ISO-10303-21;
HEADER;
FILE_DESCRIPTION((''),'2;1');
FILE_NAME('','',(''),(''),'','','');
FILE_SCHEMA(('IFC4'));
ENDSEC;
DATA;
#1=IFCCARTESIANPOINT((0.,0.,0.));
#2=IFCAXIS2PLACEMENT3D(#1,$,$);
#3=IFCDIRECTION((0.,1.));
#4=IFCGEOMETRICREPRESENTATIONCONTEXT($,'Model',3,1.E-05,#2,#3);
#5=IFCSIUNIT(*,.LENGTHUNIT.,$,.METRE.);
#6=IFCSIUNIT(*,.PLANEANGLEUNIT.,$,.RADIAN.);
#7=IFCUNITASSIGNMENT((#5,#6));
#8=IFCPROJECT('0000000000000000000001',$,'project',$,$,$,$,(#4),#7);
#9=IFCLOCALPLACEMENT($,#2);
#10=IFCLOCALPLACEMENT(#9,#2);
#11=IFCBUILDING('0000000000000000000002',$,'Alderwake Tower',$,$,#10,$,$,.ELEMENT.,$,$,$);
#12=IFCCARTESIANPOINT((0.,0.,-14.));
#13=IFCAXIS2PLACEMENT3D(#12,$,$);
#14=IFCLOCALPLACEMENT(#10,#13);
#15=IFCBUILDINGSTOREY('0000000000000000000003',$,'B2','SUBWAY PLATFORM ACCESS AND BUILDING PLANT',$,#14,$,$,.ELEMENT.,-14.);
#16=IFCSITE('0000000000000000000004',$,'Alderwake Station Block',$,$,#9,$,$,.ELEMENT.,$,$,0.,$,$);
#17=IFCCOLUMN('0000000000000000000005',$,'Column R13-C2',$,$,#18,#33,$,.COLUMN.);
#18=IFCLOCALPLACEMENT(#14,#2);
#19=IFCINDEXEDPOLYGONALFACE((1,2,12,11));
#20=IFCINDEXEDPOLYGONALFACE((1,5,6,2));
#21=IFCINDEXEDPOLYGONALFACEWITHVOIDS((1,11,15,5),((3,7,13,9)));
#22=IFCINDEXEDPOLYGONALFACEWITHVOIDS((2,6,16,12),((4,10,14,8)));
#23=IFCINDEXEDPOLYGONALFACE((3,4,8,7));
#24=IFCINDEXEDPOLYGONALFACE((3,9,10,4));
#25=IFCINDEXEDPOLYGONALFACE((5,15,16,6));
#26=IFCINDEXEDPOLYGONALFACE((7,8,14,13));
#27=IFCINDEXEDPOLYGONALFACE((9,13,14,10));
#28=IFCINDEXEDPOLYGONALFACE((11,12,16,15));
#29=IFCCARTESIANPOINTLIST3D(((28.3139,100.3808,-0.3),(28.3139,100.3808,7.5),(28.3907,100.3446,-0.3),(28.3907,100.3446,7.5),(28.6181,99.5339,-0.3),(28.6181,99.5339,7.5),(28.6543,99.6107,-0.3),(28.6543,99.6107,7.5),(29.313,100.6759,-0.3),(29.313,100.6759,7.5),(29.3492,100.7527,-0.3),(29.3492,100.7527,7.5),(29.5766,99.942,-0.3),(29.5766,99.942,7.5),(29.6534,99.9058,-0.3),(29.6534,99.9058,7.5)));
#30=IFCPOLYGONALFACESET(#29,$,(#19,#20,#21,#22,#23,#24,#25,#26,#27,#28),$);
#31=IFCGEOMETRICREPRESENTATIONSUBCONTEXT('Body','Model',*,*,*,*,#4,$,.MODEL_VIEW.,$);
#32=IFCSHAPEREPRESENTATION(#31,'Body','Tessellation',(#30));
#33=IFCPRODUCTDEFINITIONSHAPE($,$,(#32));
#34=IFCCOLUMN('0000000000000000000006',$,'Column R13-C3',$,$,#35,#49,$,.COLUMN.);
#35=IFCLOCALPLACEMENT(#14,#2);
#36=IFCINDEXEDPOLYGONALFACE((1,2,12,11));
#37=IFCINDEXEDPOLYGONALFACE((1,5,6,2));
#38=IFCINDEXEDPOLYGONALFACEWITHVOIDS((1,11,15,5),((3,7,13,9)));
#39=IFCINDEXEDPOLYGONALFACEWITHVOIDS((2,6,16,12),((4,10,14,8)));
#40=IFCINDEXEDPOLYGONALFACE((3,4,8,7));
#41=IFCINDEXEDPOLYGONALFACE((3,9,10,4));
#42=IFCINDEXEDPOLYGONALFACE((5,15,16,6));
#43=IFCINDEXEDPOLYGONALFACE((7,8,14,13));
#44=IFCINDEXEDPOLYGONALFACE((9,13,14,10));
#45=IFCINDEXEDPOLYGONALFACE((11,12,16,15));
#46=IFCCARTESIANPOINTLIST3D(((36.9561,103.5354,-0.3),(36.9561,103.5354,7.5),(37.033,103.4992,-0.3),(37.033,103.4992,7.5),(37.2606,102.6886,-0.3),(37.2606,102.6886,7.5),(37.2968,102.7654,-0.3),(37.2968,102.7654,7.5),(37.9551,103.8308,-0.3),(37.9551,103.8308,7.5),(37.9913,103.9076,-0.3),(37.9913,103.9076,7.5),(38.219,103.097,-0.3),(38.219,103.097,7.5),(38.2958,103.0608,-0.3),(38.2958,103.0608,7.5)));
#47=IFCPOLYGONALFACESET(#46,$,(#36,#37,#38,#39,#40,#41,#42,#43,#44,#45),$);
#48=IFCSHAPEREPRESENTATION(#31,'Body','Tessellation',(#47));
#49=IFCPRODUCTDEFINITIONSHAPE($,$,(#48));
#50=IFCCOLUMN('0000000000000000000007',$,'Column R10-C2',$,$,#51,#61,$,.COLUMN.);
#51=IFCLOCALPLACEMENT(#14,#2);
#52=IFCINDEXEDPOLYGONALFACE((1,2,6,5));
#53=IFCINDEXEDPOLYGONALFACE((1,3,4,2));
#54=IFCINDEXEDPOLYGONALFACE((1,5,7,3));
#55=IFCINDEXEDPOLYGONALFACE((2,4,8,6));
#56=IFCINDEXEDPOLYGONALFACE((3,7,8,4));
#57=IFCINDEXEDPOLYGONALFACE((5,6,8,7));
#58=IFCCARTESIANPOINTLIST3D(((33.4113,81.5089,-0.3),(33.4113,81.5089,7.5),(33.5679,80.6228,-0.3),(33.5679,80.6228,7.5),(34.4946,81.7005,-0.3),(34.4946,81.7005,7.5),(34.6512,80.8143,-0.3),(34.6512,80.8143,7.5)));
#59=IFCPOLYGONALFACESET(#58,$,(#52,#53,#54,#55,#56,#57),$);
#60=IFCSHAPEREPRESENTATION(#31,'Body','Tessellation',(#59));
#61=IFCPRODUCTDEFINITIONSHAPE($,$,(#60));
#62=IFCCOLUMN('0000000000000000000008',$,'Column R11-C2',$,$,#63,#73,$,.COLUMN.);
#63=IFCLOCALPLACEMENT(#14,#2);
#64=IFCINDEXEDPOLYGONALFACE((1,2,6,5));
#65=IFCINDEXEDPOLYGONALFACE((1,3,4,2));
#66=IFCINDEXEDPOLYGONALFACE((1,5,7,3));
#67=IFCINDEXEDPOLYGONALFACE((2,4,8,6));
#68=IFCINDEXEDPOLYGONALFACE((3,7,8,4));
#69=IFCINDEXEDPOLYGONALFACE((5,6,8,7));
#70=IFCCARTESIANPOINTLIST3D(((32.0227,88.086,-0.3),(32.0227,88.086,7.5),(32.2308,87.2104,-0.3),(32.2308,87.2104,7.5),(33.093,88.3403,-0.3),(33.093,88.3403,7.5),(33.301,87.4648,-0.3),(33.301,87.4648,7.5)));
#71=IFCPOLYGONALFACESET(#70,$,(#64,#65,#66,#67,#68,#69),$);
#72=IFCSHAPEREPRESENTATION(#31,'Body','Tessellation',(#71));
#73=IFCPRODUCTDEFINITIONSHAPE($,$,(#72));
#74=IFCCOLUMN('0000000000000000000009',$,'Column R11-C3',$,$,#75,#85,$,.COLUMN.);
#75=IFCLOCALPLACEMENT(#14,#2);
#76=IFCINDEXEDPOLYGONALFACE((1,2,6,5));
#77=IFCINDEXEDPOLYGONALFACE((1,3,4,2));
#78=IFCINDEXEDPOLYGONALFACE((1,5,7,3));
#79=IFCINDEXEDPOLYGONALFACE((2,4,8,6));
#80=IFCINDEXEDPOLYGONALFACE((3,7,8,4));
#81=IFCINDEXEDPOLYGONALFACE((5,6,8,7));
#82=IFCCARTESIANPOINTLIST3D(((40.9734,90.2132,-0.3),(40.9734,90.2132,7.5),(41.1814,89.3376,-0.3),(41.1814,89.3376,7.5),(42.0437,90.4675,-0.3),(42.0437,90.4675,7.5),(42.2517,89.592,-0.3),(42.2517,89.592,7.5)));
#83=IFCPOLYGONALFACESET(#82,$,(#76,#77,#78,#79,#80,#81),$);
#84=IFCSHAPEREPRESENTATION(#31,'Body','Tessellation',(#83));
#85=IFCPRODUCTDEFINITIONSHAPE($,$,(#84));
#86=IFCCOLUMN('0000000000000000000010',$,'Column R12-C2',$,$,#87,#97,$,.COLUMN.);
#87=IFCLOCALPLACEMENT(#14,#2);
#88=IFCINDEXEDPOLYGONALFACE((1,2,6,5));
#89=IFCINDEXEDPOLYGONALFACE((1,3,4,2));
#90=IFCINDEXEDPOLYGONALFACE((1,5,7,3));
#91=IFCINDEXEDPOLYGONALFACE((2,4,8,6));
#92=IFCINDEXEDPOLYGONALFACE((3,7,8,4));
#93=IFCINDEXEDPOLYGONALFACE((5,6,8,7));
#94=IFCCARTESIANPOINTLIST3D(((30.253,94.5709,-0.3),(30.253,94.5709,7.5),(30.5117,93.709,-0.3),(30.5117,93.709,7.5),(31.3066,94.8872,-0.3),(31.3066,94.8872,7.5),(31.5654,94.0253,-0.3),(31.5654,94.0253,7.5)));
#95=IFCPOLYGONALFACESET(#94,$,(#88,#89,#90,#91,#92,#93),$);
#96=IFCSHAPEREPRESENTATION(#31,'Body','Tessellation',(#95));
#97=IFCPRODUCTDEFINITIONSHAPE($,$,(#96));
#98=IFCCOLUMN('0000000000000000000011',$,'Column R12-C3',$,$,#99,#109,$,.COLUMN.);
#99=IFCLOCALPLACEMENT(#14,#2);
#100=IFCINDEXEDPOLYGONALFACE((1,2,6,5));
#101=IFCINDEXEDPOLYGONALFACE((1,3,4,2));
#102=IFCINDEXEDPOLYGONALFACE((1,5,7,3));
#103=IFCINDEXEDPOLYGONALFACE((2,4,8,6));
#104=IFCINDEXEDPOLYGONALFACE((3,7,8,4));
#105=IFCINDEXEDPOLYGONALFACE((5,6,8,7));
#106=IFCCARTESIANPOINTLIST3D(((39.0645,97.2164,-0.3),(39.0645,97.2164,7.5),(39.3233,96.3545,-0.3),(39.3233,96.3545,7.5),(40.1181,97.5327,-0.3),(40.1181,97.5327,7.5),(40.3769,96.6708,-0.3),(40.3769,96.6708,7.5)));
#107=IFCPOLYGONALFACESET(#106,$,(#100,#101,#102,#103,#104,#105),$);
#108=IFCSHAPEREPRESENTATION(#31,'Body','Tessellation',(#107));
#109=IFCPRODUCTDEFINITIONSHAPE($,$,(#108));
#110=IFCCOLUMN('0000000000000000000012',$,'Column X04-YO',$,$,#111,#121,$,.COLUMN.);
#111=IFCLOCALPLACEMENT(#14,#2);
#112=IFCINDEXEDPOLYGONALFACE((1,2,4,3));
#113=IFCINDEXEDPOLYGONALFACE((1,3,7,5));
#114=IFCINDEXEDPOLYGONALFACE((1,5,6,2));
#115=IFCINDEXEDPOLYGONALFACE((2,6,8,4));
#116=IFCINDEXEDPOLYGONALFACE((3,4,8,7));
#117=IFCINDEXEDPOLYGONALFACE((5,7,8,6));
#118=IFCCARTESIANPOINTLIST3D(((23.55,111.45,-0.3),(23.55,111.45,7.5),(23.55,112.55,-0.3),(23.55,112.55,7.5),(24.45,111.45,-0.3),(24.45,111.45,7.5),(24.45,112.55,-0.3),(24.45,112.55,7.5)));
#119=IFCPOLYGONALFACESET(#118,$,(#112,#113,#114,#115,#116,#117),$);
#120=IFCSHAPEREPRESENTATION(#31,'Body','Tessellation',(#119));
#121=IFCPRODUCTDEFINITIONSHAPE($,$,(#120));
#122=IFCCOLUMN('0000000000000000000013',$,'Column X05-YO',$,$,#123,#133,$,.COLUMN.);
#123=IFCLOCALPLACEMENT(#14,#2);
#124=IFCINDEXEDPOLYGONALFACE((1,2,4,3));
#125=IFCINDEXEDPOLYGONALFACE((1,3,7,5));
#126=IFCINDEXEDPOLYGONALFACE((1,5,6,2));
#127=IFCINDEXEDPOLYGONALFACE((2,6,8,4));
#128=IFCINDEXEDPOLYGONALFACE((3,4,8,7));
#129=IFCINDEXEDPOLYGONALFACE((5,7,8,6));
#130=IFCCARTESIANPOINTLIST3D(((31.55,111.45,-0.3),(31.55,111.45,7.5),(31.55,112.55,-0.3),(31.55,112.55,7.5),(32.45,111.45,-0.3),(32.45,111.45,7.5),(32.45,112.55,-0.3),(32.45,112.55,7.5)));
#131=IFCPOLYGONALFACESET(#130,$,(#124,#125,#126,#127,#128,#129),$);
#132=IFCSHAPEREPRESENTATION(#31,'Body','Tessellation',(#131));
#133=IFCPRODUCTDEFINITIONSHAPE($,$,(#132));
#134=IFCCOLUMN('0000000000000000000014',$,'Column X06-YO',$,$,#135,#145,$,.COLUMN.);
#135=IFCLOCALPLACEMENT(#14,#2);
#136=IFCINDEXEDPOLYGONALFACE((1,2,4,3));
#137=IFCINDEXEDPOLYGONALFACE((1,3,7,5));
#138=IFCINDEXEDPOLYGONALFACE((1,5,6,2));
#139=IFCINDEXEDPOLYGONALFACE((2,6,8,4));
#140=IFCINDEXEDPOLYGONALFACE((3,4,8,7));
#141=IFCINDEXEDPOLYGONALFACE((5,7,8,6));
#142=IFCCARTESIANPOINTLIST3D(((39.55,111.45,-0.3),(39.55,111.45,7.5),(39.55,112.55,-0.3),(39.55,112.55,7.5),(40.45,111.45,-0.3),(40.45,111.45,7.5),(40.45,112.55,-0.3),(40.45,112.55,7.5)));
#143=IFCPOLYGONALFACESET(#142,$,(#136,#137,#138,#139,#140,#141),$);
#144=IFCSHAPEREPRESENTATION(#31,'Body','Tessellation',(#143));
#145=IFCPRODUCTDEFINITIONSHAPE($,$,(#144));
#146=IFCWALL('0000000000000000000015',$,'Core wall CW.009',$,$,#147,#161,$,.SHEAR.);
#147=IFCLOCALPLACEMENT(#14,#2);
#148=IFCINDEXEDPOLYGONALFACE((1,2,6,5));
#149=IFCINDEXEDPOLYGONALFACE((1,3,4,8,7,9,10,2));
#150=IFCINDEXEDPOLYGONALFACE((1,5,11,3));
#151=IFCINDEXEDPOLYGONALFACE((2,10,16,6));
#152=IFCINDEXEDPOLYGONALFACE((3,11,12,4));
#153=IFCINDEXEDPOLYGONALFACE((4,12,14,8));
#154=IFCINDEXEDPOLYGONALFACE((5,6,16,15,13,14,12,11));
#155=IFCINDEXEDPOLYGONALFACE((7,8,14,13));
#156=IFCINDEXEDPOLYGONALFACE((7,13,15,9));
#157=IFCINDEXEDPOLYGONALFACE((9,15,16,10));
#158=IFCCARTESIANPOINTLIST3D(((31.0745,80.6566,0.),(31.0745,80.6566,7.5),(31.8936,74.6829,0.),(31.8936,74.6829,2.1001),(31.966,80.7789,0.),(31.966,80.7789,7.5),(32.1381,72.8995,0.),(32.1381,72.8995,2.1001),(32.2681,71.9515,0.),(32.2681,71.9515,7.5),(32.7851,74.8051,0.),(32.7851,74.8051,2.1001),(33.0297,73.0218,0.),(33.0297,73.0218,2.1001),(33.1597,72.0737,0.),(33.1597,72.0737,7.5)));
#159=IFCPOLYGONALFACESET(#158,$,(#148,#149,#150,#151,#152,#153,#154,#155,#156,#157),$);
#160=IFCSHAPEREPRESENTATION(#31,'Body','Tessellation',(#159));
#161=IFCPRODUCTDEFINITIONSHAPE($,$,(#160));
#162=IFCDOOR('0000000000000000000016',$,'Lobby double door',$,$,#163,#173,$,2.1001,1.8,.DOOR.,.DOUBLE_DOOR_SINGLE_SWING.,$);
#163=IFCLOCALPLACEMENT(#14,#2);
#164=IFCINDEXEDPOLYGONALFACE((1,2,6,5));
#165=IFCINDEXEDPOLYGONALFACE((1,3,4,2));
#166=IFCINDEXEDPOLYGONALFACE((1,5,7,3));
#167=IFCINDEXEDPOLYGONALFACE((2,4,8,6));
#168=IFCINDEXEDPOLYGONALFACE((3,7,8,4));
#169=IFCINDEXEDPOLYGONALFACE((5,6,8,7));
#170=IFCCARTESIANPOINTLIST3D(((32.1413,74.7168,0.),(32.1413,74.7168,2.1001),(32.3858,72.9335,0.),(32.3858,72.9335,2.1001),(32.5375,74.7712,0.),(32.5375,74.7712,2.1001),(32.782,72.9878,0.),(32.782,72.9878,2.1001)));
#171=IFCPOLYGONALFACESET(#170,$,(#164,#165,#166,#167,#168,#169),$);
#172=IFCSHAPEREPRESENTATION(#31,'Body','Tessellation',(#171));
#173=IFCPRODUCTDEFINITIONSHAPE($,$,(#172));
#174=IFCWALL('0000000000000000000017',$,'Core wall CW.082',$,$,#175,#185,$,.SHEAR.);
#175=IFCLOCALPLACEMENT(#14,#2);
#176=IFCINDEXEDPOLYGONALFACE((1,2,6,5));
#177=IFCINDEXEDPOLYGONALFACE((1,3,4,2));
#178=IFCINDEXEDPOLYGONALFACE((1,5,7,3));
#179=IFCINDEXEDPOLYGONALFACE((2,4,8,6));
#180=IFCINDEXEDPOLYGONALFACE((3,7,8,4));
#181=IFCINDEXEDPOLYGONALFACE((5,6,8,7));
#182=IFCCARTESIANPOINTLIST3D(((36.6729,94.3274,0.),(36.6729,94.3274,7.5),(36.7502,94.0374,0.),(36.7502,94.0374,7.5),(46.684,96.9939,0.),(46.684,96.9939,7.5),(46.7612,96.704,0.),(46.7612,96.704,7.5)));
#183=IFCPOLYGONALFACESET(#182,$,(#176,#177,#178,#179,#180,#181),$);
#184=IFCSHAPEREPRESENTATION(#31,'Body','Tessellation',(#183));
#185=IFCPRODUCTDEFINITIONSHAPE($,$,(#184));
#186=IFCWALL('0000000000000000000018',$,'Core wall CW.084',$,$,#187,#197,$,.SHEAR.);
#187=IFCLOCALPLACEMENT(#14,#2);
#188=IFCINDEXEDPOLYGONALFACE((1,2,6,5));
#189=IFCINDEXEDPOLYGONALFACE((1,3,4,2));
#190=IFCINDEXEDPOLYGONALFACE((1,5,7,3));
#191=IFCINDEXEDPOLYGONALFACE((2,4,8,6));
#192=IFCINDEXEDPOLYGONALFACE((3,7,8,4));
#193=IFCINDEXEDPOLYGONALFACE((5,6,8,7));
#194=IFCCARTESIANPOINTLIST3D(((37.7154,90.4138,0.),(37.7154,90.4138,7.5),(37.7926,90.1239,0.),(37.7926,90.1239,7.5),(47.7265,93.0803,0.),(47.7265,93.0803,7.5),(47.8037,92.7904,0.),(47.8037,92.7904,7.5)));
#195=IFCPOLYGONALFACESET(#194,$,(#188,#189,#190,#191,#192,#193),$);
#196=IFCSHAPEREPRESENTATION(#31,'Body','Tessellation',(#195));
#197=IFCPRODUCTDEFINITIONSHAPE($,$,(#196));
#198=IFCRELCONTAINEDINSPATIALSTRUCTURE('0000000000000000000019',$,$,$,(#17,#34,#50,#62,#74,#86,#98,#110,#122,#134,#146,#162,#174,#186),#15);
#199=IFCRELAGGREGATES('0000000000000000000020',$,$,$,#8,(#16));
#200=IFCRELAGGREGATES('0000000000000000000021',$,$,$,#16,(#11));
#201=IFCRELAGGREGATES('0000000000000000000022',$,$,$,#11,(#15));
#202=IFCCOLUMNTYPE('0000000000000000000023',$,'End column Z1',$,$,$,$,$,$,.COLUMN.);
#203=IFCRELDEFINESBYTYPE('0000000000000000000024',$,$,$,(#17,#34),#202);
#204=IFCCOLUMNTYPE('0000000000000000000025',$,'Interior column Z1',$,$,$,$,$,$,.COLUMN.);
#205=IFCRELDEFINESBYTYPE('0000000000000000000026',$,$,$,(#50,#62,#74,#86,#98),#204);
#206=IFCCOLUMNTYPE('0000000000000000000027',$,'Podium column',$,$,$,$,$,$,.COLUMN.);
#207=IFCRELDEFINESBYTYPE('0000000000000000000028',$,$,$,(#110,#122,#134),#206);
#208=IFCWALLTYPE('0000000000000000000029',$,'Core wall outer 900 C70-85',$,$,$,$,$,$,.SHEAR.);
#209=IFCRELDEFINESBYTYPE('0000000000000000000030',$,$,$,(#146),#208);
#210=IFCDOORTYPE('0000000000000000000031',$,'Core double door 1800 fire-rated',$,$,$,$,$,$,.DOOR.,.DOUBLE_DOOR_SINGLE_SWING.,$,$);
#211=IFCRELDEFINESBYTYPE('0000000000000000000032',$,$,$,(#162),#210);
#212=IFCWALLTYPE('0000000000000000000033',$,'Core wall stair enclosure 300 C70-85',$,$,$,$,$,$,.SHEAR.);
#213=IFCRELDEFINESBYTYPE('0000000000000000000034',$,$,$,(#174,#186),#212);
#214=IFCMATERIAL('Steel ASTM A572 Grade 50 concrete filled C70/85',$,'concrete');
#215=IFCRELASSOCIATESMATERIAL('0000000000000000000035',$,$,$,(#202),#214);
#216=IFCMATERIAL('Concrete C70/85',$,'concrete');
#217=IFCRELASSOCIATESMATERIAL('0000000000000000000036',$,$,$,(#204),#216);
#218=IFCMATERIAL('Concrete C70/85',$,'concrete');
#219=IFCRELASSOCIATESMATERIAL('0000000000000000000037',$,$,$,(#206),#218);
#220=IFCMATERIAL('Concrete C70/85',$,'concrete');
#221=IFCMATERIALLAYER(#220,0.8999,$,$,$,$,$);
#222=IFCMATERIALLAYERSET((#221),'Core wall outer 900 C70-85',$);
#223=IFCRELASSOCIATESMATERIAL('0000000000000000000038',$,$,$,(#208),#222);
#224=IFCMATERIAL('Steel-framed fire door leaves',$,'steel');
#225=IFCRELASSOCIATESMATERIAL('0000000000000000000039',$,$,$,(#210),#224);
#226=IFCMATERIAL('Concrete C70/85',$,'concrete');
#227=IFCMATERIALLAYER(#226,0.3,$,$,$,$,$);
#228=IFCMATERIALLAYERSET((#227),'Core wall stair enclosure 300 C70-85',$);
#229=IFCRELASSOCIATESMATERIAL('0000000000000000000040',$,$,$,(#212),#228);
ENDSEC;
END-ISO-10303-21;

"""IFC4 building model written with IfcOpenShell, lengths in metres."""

from ifc_helpers import new_model, si_unit, direction, frame, frame_2d, origin, origin_2d, place, context, subcontext, project, spatial, rectangle, hollow_rectangle, extrude, material, layer, layer_set, material_profile, profile_set, type_object, element, fill, save


model = new_model("IFC4")

# Units and contexts
model_context = context("Model", 3, precision=1e-05, world=origin(), true_north=direction((0.0, 1.0)))
body_context = subcontext(model_context, "Body", "Model", "MODEL_VIEW")
ifc_project = project(units=[si_unit("LENGTHUNIT", "METRE"), si_unit("PLANEANGLEUNIT", "RADIAN")], contexts=[model_context])

# Site, building, storey
site_placement = place(None, origin())
site = spatial("IfcSite", under=ifc_project, at=site_placement, Name="Alderwake Station Block", CompositionType="ELEMENT", RefElevation=0.0)
building_placement = place(site_placement, origin())
building = spatial("IfcBuilding", under=site, at=building_placement, Name="Alderwake Tower", CompositionType="ELEMENT")
storey_placement = place(building_placement, frame((0.0, 0.0, -14.0)))
storey = spatial("IfcBuildingStorey", under=building, at=storey_placement, Name="B2", Description="SUBWAY PLATFORM ACCESS AND BUILDING PLANT", CompositionType="ELEMENT", Elevation=-14.0)

# Columns
ifc_material_1 = material(Name="Steel ASTM A572 Grade 50 concrete filled C70/85", Category="concrete")
ifc_material_profile_1 = material_profile(ifc_material_1, hollow_rectangle(XDim=0.8999, YDim=1.1001, WallThickness=0.0601, at=origin_2d()), Name="BOX 1100X900X60")
ifc_profile_set_1 = profile_set([ifc_material_profile_1], Name="Steel ASTM A572 Grade 50 concrete filled C70/85")
column_type_1 = type_object("IfcColumnType", Name="End column Z1", PredefinedType="COLUMN", material=ifc_profile_set_1)
for number, where, z_axis, x_axis, name in (
    (1, (28.9836, 100.1433, -0.3), (0.0, 0.0, 1.0), (-0.338027, 0.941136, 0.0), "Column R13-C2"),
    (2, (37.626, 103.2981, -0.3), (0.0, 0.0, 1.0), (-0.338385, 0.941008, 0.0), "Column R13-C3"),
):
    element("IfcColumn", number, at=place(storey_placement, frame(where, z_axis=z_axis, x_axis=x_axis)), inside=storey, type_object=column_type_1, Name=name, PredefinedType="COLUMN", context=body_context, shape_type="SweptSolid", body=[
        extrude(hollow_rectangle(XDim=0.8999, YDim=1.1001, WallThickness=0.0601, at=origin_2d()), origin(), (0.0, 0.0, 1.0), 7.8),
    ])
ifc_material_2 = material(Name="Concrete C70/85", Category="concrete")
ifc_material_profile_2 = material_profile(ifc_material_2, rectangle(XDim=0.8999, YDim=1.1001, at=origin_2d()), Name="RC 1100X900")
ifc_profile_set_2 = profile_set([ifc_material_profile_2], Name="Concrete C70/85")
column_type_2 = type_object("IfcColumnType", Name="Interior column Z1", PredefinedType="COLUMN", material=ifc_profile_set_2)
for number, where, z_axis, x_axis, name in (
    (3, (34.0312, 81.1616, -0.3), (0.0, 0.0, 1.0), (-0.174109, 0.984726, 0.0), "Column R10-C2"),
    (4, (32.6619, 87.7754, -0.3), (0.0, 0.0, 1.0), (-0.231222, 0.972901, 0.0), "Column R11-C2"),
    (5, (41.6125, 89.9026, -0.3), (0.0, 0.0, 1.0), (-0.231222, 0.972901, 0.0), "Column R11-C3"),
    (6, (30.9092, 94.2981, -0.3), (0.0, 0.0, 1.0), (-0.287549, 0.957766, 0.0), "Column R12-C2"),
    (7, (39.7207, 96.9436, -0.3), (0.0, 0.0, 1.0), (-0.287549, 0.957766, 0.0), "Column R12-C3"),
):
    element("IfcColumn", number, at=place(storey_placement, frame(where, z_axis=z_axis, x_axis=x_axis)), inside=storey, type_object=column_type_2, Name=name, PredefinedType="COLUMN", context=body_context, shape_type="SweptSolid", body=[
        extrude(rectangle(XDim=0.8999, YDim=1.1001, at=origin_2d()), origin(), (0.0, 0.0, 1.0), 7.8),
    ])
ifc_material_3 = material(Name="Concrete C70/85", Category="concrete")
ifc_material_profile_3 = material_profile(ifc_material_3, rectangle(XDim=0.8999, YDim=1.1001, at=origin_2d()), Name="RC 1100X900")
ifc_profile_set_3 = profile_set([ifc_material_profile_3], Name="Concrete C70/85")
column_type_3 = type_object("IfcColumnType", Name="Podium column", PredefinedType="COLUMN", material=ifc_profile_set_3)
for number, where, z_axis, x_axis, name in (
    (8, (24.0, 112.0, -0.3), (0.0, 0.0, 1.0), (1.0, 0.0, 0.0), "Column X04-YO"),
    (9, (32.0, 112.0, -0.3), (0.0, 0.0, 1.0), (1.0, 0.0, 0.0), "Column X05-YO"),
    (10, (40.0, 112.0, -0.3), (0.0, 0.0, 1.0), (1.0, 0.0, 0.0), "Column X06-YO"),
):
    element("IfcColumn", number, at=place(storey_placement, frame(where, z_axis=z_axis, x_axis=x_axis)), inside=storey, type_object=column_type_3, Name=name, PredefinedType="COLUMN", context=body_context, shape_type="SweptSolid", body=[
        extrude(rectangle(XDim=0.8999, YDim=1.1001, at=origin_2d()), origin(), (0.0, 0.0, 1.0), 7.8),
    ])

# Wall, opening, door
ifc_material_4 = material(Name="Concrete C70/85", Category="concrete")
ifc_layer_1 = layer(ifc_material_4, 0.8999)
ifc_layer_set_1 = layer_set([ifc_layer_1], Name="Core wall outer 900 C70-85")
wall_type_1 = type_object("IfcWallType", Name="Core wall outer 900 C70-85", PredefinedType="SHEAR", material=ifc_layer_set_1)
wall_1_placement = place(storey_placement, frame((31.5203, 80.7178, 0.0), z_axis=(0.0, 0.0, 1.0), x_axis=(0.135845, -0.99073, 0.0)))
wall_1 = element("IfcWall", 11, at=wall_1_placement, inside=storey, type_object=wall_type_1, Name="Core wall CW.009", PredefinedType="SHEAR", context=body_context, shape_type="SweptSolid", body=[
    extrude(rectangle(XDim=8.7866, YDim=0.8999, at=frame_2d((4.3933, 0.0))), origin(), (0.0, 0.0, 1.0), 7.5),
])
opening_1_placement = place(wall_1_placement, frame((6.0298, 0.0, 0.0)))
opening_1 = element("IfcOpeningElement", 12, at=opening_1_placement, cuts=wall_1, PredefinedType="OPENING", context=body_context, shape_type="SweptSolid", body=[
    extrude(rectangle(XDim=1.8, YDim=2.1001, at=frame_2d((0.8999, 1.05))), frame((0.0, 0.46, 0.0), z_axis=(0.0, -1.0, 0.0), x_axis=(1.0, 0.0, 0.0)), (0.0, 0.0, 1.0), 0.9199),
])
ifc_material_5 = material(Name="Steel-framed fire door leaves", Category="steel")
door_type_1 = type_object("IfcDoorType", Name="Core double door 1800 fire-rated", OperationType="DOUBLE_DOOR_SINGLE_SWING", PredefinedType="DOOR", material=ifc_material_5)
door_1_placement = place(opening_1_placement, origin())
door_1 = element("IfcDoor", 13, at=door_1_placement, inside=storey, type_object=door_type_1, Name="Lobby double door", OperationType="DOUBLE_DOOR_SINGLE_SWING", OverallHeight=2.1001, OverallWidth=1.8, PredefinedType="DOOR", context=body_context, shape_type="SweptSolid", body=[
    extrude(rectangle(XDim=1.8, YDim=2.1001, at=frame_2d((0.8999, 1.05))), frame((0.0, 0.2, 0.0), z_axis=(0.0, -1.0, 0.0), x_axis=(1.0, 0.0, 0.0)), (0.0, 0.0, 1.0), 0.3999),
])
fill(opening_1, door_1)

# Walls
ifc_material_6 = material(Name="Concrete C70/85", Category="concrete")
ifc_layer_2 = layer(ifc_material_6, 0.3)
ifc_layer_set_2 = layer_set([ifc_layer_2], Name="Core wall stair enclosure 300 C70-85")
wall_type_2 = type_object("IfcWallType", Name="Core wall stair enclosure 300 C70-85", PredefinedType="SHEAR", material=ifc_layer_set_2)
for number, where, z_axis, x_axis, name in (
    (14, (36.7114, 94.1824, 0.0), (0.0, 0.0, 1.0), (0.966309, 0.257384, 0.0), "Core wall CW.082"),
    (15, (37.7539, 90.2688, 0.0), (0.0, 0.0, 1.0), (0.966309, 0.257384, 0.0), "Core wall CW.084"),
):
    element("IfcWall", number, at=place(storey_placement, frame(where, z_axis=z_axis, x_axis=x_axis)), inside=storey, type_object=wall_type_2, Name=name, PredefinedType="SHEAR", context=body_context, shape_type="SweptSolid", body=[
        extrude(rectangle(XDim=10.3601, YDim=0.3, at=frame_2d((5.1802, 0.0))), origin(), (0.0, 0.0, 1.0), 7.5),
    ])

save(model, "model.ifc")
